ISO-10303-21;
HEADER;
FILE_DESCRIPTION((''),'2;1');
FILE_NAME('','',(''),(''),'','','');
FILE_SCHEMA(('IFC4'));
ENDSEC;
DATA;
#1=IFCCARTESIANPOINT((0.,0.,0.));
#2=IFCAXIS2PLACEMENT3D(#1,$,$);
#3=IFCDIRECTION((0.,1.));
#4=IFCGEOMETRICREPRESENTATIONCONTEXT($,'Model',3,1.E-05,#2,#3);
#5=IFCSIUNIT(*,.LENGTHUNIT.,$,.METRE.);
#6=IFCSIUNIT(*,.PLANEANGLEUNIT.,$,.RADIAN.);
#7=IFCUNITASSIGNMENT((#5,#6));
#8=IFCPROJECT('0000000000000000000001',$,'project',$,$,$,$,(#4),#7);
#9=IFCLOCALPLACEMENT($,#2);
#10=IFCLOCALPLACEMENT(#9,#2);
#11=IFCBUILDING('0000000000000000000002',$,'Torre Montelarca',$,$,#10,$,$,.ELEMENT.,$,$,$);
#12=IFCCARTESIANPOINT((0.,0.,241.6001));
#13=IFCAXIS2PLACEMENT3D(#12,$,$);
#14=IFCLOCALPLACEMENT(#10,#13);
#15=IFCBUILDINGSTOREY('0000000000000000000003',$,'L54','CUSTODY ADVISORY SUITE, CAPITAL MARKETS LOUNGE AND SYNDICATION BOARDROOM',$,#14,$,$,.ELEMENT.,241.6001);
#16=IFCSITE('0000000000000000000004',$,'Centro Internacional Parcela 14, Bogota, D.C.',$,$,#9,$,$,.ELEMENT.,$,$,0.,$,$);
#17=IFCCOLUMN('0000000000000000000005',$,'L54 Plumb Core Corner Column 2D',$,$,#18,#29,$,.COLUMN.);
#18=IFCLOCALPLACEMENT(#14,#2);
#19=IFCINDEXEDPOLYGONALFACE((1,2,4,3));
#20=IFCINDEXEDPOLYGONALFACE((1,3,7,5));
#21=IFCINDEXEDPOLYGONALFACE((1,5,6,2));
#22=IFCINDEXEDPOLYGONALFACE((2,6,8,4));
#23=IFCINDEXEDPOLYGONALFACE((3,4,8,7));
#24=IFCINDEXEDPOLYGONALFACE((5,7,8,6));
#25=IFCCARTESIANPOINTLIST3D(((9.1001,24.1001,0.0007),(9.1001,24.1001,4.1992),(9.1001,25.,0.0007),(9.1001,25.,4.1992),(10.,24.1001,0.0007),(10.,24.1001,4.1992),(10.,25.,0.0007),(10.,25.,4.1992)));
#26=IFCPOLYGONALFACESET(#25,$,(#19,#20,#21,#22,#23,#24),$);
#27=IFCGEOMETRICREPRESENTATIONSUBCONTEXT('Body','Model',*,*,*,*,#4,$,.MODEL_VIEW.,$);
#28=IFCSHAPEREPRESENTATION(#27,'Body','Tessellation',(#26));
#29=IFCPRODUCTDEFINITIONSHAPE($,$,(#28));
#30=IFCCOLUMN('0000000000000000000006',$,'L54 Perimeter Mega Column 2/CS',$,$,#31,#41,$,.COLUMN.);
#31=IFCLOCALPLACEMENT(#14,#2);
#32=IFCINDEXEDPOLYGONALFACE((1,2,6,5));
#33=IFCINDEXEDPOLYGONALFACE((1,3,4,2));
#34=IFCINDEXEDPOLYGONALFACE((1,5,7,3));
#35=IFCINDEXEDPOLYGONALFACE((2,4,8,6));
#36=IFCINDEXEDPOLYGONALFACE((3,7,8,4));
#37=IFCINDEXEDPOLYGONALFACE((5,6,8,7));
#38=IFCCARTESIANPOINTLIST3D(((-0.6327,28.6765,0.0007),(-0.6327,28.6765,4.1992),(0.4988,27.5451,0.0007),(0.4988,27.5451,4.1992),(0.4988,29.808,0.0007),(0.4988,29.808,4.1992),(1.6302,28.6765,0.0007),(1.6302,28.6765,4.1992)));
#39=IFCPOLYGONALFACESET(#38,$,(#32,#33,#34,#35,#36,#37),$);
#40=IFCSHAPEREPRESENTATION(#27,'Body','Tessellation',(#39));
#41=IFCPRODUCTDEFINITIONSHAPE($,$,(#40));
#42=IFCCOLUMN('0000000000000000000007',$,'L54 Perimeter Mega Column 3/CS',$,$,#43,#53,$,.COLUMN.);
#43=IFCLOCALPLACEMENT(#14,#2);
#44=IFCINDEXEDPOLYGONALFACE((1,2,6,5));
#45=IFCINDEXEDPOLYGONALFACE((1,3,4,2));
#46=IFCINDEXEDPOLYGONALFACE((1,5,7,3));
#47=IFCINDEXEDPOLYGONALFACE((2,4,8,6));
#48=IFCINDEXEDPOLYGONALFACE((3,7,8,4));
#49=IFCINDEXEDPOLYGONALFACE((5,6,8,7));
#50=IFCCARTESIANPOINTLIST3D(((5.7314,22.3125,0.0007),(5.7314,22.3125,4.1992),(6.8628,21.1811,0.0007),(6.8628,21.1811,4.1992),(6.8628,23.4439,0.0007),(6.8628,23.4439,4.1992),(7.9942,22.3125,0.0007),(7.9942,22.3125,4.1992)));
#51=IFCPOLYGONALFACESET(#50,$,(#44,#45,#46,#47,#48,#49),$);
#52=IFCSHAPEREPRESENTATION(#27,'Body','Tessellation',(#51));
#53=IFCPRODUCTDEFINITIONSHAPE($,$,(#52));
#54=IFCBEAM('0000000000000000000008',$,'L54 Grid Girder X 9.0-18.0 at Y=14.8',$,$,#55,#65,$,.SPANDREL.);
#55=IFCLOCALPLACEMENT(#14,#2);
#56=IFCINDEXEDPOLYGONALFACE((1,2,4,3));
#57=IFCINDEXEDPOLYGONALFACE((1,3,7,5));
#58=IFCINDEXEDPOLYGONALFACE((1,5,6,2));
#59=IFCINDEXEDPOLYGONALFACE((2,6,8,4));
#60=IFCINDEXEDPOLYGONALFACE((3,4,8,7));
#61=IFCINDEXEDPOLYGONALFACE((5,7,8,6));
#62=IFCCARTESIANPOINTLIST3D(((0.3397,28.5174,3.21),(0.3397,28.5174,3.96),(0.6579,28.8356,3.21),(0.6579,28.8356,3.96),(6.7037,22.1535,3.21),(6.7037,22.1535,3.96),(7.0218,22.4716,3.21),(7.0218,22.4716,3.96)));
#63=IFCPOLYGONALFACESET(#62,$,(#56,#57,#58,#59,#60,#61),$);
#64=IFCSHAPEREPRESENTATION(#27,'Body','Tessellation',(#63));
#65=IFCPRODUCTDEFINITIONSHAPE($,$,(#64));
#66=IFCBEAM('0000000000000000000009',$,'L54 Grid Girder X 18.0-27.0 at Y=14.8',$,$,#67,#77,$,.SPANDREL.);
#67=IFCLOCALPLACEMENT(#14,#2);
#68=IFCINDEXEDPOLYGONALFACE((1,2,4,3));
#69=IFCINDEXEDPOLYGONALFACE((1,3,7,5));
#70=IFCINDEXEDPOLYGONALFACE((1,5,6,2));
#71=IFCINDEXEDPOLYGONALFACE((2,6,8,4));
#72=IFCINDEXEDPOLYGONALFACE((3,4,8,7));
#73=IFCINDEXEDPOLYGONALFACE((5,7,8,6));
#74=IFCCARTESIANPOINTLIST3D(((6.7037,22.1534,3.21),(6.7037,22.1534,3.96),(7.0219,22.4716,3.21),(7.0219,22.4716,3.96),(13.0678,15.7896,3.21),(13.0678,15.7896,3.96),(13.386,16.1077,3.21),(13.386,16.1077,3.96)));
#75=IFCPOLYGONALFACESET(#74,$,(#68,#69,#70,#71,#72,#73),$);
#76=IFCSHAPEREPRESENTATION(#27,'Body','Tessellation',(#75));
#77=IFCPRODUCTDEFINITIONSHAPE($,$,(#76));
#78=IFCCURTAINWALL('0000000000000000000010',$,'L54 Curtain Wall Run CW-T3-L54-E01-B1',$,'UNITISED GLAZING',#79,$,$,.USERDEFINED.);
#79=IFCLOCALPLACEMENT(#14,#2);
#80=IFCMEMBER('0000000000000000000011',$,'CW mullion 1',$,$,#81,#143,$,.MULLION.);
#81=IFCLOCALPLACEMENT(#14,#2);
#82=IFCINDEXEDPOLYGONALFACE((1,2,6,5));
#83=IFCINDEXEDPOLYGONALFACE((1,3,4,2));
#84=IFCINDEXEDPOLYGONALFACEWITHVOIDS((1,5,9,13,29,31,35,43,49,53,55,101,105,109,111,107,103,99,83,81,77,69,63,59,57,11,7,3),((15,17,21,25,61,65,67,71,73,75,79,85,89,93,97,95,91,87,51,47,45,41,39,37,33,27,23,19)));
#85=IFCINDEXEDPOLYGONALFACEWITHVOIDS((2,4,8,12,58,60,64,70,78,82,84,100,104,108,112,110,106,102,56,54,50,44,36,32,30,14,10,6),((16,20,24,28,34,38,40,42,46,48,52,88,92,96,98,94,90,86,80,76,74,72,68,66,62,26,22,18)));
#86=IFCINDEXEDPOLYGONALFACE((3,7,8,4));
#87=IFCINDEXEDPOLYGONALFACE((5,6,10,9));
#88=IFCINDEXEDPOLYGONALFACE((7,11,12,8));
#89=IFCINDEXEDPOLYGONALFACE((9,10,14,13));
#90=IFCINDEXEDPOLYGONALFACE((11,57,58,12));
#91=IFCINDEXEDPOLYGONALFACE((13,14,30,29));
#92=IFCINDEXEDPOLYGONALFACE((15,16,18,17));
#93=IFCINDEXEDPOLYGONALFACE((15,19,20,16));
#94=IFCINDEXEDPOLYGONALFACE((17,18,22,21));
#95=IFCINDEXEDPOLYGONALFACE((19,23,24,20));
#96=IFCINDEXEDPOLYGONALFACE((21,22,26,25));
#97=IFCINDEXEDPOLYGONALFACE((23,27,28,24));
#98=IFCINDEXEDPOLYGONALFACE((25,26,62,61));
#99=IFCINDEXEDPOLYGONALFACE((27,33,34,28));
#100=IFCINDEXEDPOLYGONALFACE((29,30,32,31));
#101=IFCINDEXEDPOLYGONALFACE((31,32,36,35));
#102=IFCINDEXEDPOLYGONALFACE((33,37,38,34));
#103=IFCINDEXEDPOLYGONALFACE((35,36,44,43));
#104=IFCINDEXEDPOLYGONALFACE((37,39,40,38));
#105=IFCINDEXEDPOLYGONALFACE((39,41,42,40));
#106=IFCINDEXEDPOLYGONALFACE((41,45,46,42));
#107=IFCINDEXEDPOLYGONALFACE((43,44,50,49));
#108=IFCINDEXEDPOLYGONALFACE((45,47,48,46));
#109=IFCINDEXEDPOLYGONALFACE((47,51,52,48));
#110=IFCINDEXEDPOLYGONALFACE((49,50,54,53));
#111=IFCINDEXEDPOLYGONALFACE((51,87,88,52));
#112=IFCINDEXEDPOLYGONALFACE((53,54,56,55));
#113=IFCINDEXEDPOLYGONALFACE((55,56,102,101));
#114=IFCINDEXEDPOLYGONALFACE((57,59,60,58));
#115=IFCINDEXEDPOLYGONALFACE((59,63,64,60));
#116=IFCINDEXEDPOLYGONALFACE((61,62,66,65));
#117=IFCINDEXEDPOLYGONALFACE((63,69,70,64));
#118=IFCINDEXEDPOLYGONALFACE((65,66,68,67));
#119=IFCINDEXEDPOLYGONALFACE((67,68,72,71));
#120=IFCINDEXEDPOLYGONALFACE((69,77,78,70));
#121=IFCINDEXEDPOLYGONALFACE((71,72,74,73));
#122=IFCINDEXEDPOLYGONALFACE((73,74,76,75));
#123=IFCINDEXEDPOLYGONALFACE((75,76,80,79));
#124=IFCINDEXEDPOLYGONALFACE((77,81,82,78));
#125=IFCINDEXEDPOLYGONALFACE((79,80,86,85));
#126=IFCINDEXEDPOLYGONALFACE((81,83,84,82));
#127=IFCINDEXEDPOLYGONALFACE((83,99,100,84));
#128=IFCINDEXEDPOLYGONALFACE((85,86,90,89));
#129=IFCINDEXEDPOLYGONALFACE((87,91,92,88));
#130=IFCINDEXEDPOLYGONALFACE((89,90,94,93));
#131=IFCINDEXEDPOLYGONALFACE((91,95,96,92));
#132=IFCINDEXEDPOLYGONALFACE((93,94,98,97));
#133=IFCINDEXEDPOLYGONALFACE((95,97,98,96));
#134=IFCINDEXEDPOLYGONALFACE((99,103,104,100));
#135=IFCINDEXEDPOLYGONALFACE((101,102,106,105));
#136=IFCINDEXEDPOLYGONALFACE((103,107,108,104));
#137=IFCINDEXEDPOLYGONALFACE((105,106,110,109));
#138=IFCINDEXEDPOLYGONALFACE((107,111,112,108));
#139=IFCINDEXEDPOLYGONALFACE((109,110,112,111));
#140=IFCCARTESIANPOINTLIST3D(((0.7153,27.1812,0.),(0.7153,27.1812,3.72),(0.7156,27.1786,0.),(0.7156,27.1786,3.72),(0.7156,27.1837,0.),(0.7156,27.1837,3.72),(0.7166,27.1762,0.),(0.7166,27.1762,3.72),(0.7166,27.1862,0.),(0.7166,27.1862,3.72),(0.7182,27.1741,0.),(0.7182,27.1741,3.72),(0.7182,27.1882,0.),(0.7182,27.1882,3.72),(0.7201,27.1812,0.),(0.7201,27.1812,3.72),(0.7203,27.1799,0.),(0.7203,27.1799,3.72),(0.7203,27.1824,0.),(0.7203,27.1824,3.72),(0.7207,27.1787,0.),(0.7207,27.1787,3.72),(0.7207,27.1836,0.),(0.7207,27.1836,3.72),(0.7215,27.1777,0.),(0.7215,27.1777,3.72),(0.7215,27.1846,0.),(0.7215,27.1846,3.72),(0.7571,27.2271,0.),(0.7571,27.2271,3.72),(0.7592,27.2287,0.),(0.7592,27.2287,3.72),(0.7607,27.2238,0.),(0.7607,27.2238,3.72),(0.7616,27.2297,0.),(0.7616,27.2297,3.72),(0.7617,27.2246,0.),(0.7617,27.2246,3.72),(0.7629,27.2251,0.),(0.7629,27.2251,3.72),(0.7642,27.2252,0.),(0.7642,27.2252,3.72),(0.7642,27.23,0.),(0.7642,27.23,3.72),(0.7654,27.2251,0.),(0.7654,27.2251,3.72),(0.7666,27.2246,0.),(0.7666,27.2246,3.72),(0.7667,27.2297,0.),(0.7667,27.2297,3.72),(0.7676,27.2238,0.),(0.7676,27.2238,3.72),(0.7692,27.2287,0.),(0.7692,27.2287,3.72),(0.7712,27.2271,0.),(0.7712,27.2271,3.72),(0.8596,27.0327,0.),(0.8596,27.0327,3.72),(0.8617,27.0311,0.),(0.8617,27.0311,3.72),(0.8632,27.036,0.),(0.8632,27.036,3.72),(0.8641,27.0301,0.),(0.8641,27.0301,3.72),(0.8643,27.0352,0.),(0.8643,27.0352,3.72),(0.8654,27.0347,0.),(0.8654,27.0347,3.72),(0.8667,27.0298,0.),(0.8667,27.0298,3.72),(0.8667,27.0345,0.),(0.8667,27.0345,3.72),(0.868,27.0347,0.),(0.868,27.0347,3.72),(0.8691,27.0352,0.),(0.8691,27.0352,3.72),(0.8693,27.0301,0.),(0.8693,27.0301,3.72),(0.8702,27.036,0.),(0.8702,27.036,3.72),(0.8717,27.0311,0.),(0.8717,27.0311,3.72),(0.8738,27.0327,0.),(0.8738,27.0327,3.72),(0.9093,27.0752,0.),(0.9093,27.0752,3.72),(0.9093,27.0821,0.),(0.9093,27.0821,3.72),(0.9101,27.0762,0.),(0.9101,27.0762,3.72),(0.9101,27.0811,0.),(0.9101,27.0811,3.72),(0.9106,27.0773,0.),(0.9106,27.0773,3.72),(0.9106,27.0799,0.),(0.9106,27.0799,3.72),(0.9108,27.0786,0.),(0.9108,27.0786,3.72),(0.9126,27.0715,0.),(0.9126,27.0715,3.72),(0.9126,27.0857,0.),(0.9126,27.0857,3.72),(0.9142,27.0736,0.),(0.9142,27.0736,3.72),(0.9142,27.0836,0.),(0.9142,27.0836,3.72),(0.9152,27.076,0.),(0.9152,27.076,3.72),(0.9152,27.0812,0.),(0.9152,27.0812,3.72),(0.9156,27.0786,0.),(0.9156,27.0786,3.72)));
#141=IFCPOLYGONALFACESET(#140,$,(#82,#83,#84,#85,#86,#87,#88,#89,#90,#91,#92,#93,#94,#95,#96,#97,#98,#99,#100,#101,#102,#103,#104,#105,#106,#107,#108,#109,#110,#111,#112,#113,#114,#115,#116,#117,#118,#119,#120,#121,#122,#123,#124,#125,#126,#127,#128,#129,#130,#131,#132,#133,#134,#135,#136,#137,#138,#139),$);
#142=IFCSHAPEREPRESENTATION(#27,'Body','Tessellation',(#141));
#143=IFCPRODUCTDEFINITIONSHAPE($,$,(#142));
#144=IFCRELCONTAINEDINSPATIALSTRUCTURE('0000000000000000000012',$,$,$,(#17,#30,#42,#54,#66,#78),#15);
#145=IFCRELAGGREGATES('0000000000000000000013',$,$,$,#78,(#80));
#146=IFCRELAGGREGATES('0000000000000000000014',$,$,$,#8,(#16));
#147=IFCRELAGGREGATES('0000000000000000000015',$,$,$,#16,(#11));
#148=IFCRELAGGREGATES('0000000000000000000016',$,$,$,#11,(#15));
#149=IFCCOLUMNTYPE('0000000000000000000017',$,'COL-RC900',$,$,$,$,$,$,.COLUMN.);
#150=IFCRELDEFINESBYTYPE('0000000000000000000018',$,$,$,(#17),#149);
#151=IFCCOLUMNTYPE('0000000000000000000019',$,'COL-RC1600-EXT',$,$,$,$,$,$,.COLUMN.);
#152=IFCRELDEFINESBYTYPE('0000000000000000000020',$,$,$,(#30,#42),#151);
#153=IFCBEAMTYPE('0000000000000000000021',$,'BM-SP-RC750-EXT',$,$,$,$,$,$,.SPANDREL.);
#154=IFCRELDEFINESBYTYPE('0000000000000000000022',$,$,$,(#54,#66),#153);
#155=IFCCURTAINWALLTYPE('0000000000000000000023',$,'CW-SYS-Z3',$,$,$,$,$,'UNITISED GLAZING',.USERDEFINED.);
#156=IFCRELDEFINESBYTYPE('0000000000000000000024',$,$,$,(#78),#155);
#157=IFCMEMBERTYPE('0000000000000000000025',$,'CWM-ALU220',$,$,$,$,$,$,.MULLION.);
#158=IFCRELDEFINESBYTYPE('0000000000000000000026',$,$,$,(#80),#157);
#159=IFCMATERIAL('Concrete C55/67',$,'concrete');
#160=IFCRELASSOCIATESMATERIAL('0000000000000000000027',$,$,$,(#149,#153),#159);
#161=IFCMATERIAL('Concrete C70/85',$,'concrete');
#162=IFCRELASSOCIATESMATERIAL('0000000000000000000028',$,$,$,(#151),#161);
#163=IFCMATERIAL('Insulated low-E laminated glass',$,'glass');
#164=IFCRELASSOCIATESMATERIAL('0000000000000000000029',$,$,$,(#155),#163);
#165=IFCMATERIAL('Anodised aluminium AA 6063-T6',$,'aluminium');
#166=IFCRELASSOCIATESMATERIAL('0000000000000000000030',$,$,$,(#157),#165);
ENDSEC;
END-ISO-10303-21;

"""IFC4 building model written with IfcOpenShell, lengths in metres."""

from ifc_helpers import new_model, si_unit, direction, frame, origin, origin_2d, place, context, subcontext, project, spatial, rectangle, hollow_rectangle, extrude, source, transform, mapped, material, material_profile, profile_set, type_object, element, aggregate, save


model = new_model("IFC4")

# Units and contexts
model_context = context("Model", 3, precision=1e-05, world=origin(), true_north=direction((0.0, 1.0)))
body_context = subcontext(model_context, "Body", "Model", "MODEL_VIEW")
ifc_project = project(units=[si_unit("LENGTHUNIT", "METRE"), si_unit("PLANEANGLEUNIT", "RADIAN")], contexts=[model_context])

# Site, building, storey
site_placement = place(None, origin())
site = spatial("IfcSite", under=ifc_project, at=site_placement, Name="Centro Internacional Parcela 14, Bogota, D.C.", CompositionType="ELEMENT", RefElevation=0.0)
building_placement = place(site_placement, origin())
building = spatial("IfcBuilding", under=site, at=building_placement, Name="Torre Montelarca", CompositionType="ELEMENT")
storey_placement = place(building_placement, frame((0.0, 0.0, 241.6001)))
storey = spatial("IfcBuildingStorey", under=building, at=storey_placement, Name="L54", Description="CUSTODY ADVISORY SUITE, CAPITAL MARKETS LOUNGE AND SYNDICATION BOARDROOM", CompositionType="ELEMENT", Elevation=241.6001)

# Columns
ifc_material_1 = material(Name="Concrete C55/67", Category="concrete")
ifc_material_profile_1 = material_profile(ifc_material_1, rectangle(XDim=0.8999, YDim=0.8999, at=origin_2d()), Name="RC900X900", Category="concrete")
ifc_profile_set_1 = profile_set([ifc_material_profile_1], Name="Concrete C55/67")
column_type_1 = type_object("IfcColumnType", Name="COL-RC900", PredefinedType="COLUMN", material=ifc_profile_set_1)
shared_shape_1 = source(origin(), body_context, "Body", "SweptSolid", [
    extrude(rectangle(XDim=0.8999, YDim=0.8999, at=origin_2d()), origin(), (0.0, 0.0, 1.0), 4.1985),
])
column_placement = place(storey_placement, frame((9.55, 24.55, 0.0007), z_axis=(0.0, 0.0, 1.0), x_axis=(1.0, 0.0, 0.0)))
element("IfcColumn", 1, at=column_placement, inside=storey, type_object=column_type_1, Name="L54 Plumb Core Corner Column 2D", PredefinedType="COLUMN", context=body_context, shape_type="MappedRepresentation", body=[
    mapped(shared_shape_1, transform((0.0, 0.0, 0.0), scale=1.0)),
])
ifc_material_2 = material(Name="Concrete C70/85", Category="concrete")
ifc_material_profile_2 = material_profile(ifc_material_2, rectangle(XDim=1.6001, YDim=1.6001, at=origin_2d()), Name="RC1600X1600", Category="concrete")
ifc_profile_set_2 = profile_set([ifc_material_profile_2], Name="Concrete C70/85")
column_type_2 = type_object("IfcColumnType", Name="COL-RC1600-EXT", PredefinedType="COLUMN", material=ifc_profile_set_2)
shared_shape_2 = source(origin(), body_context, "Body", "SweptSolid", [
    extrude(rectangle(XDim=1.6001, YDim=1.6001, at=origin_2d()), origin(), (0.0, 0.0, 1.0), 4.1985),
])
for number, where, z_axis, x_axis, name in (
    (2, (0.4988, 28.6765, 0.0007), (0.0, 0.0, 1.0), (-0.707107, 0.707107, 0.0), "L54 Perimeter Mega Column 2/CS"),
    (3, (6.8628, 22.3125, 0.0007), (0.0, 0.0, 1.0), (-0.707107, 0.707107, 0.0), "L54 Perimeter Mega Column 3/CS"),
):
    element("IfcColumn", number, at=place(storey_placement, frame(where, z_axis=z_axis, x_axis=x_axis)), inside=storey, type_object=column_type_2, Name=name, PredefinedType="COLUMN", context=body_context, shape_type="MappedRepresentation", body=[
        mapped(shared_shape_2, transform((0.0, 0.0, 0.0), scale=1.0)),
    ])

# Beams
ifc_material_profile_3 = material_profile(ifc_material_1, rectangle(XDim=0.45, YDim=0.75, at=origin_2d()), Name="RCB450X750", Category="concrete")
ifc_profile_set_3 = profile_set([ifc_material_profile_3], Name="Concrete C55/67")
beam_type = type_object("IfcBeamType", Name="BM-SP-RC750-EXT", PredefinedType="SPANDREL", material=ifc_profile_set_3)
shared_shape_3 = source(origin(), body_context, "Body", "SweptSolid", [
    extrude(rectangle(XDim=0.45, YDim=0.75, at=origin_2d()), origin(), (0.0, 0.0, 1.0), 9.0),
])
for number, where, z_axis, x_axis, name in (
    (4, (0.4988, 28.6765, 3.585), (0.707107, -0.707107, 0.0), (0.707107, 0.707107, 0.0), "L54 Grid Girder X 9.0-18.0 at Y=14.8"),
    (5, (6.8628, 22.3125, 3.585), (0.70712, -0.707093, 0.0), (0.707093, 0.70712, 0.0), "L54 Grid Girder X 18.0-27.0 at Y=14.8"),
):
    element("IfcBeam", number, at=place(storey_placement, frame(where, z_axis=z_axis, x_axis=x_axis)), inside=storey, type_object=beam_type, Name=name, PredefinedType="SPANDREL", context=body_context, shape_type="MappedRepresentation", body=[
        mapped(shared_shape_3, transform((0.0, 0.0, 0.0), scale=1.0)),
    ])

# Curtain wall, member
ifc_material_3 = material(Name="Insulated low-E laminated glass", Category="glass")
curtain_wall_type = type_object("IfcCurtainWallType", Name="CW-SYS-Z3", ElementType="UNITISED GLAZING", PredefinedType="USERDEFINED", material=ifc_material_3)
curtain_wall_placement = place(storey_placement, origin())
curtain_wall = element("IfcCurtainWall", 6, at=curtain_wall_placement, inside=storey, type_object=curtain_wall_type, Name="L54 Curtain Wall Run CW-T3-L54-E01-B1", ObjectType="UNITISED GLAZING", PredefinedType="USERDEFINED")
ifc_material_4 = material(Name="Anodised aluminium AA 6063-T6", Category="aluminium")
ifc_material_profile_4 = material_profile(ifc_material_4, hollow_rectangle(XDim=0.075, YDim=0.22, WallThickness=0.0049, InnerFilletRadius=0.0049, OuterFilletRadius=0.01, at=origin_2d()), Name="ALU75X220X5", Category="aluminium")
ifc_profile_set_4 = profile_set([ifc_material_profile_4], Name="Anodised aluminium AA 6063-T6")
member_type_1 = type_object("IfcMemberType", Name="CWM-ALU220", PredefinedType="MULLION", material=ifc_profile_set_4)
shared_shape_4 = source(origin(), body_context, "Body", "SweptSolid", [
    extrude(hollow_rectangle(XDim=0.075, YDim=0.22, WallThickness=0.0049, InnerFilletRadius=0.0049, OuterFilletRadius=0.01, at=origin_2d()), origin(), (0.0, 0.0, 1.0), 3.72),
])
member_1_placement = place(storey_placement, frame((0.8154, 27.1299, 0.0), z_axis=(0.0, 0.0, 1.0), x_axis=(0.707107, 0.707107, 0.0)))
member_1 = element("IfcMember", 7, at=member_1_placement, type_object=member_type_1, Name="CW mullion 1", PredefinedType="MULLION", context=body_context, shape_type="MappedRepresentation", body=[
    mapped(shared_shape_4, transform((0.0, 0.0, 0.0), scale=1.0)),
])
aggregate(curtain_wall, [member_1])

save(model, "model.ifc")
